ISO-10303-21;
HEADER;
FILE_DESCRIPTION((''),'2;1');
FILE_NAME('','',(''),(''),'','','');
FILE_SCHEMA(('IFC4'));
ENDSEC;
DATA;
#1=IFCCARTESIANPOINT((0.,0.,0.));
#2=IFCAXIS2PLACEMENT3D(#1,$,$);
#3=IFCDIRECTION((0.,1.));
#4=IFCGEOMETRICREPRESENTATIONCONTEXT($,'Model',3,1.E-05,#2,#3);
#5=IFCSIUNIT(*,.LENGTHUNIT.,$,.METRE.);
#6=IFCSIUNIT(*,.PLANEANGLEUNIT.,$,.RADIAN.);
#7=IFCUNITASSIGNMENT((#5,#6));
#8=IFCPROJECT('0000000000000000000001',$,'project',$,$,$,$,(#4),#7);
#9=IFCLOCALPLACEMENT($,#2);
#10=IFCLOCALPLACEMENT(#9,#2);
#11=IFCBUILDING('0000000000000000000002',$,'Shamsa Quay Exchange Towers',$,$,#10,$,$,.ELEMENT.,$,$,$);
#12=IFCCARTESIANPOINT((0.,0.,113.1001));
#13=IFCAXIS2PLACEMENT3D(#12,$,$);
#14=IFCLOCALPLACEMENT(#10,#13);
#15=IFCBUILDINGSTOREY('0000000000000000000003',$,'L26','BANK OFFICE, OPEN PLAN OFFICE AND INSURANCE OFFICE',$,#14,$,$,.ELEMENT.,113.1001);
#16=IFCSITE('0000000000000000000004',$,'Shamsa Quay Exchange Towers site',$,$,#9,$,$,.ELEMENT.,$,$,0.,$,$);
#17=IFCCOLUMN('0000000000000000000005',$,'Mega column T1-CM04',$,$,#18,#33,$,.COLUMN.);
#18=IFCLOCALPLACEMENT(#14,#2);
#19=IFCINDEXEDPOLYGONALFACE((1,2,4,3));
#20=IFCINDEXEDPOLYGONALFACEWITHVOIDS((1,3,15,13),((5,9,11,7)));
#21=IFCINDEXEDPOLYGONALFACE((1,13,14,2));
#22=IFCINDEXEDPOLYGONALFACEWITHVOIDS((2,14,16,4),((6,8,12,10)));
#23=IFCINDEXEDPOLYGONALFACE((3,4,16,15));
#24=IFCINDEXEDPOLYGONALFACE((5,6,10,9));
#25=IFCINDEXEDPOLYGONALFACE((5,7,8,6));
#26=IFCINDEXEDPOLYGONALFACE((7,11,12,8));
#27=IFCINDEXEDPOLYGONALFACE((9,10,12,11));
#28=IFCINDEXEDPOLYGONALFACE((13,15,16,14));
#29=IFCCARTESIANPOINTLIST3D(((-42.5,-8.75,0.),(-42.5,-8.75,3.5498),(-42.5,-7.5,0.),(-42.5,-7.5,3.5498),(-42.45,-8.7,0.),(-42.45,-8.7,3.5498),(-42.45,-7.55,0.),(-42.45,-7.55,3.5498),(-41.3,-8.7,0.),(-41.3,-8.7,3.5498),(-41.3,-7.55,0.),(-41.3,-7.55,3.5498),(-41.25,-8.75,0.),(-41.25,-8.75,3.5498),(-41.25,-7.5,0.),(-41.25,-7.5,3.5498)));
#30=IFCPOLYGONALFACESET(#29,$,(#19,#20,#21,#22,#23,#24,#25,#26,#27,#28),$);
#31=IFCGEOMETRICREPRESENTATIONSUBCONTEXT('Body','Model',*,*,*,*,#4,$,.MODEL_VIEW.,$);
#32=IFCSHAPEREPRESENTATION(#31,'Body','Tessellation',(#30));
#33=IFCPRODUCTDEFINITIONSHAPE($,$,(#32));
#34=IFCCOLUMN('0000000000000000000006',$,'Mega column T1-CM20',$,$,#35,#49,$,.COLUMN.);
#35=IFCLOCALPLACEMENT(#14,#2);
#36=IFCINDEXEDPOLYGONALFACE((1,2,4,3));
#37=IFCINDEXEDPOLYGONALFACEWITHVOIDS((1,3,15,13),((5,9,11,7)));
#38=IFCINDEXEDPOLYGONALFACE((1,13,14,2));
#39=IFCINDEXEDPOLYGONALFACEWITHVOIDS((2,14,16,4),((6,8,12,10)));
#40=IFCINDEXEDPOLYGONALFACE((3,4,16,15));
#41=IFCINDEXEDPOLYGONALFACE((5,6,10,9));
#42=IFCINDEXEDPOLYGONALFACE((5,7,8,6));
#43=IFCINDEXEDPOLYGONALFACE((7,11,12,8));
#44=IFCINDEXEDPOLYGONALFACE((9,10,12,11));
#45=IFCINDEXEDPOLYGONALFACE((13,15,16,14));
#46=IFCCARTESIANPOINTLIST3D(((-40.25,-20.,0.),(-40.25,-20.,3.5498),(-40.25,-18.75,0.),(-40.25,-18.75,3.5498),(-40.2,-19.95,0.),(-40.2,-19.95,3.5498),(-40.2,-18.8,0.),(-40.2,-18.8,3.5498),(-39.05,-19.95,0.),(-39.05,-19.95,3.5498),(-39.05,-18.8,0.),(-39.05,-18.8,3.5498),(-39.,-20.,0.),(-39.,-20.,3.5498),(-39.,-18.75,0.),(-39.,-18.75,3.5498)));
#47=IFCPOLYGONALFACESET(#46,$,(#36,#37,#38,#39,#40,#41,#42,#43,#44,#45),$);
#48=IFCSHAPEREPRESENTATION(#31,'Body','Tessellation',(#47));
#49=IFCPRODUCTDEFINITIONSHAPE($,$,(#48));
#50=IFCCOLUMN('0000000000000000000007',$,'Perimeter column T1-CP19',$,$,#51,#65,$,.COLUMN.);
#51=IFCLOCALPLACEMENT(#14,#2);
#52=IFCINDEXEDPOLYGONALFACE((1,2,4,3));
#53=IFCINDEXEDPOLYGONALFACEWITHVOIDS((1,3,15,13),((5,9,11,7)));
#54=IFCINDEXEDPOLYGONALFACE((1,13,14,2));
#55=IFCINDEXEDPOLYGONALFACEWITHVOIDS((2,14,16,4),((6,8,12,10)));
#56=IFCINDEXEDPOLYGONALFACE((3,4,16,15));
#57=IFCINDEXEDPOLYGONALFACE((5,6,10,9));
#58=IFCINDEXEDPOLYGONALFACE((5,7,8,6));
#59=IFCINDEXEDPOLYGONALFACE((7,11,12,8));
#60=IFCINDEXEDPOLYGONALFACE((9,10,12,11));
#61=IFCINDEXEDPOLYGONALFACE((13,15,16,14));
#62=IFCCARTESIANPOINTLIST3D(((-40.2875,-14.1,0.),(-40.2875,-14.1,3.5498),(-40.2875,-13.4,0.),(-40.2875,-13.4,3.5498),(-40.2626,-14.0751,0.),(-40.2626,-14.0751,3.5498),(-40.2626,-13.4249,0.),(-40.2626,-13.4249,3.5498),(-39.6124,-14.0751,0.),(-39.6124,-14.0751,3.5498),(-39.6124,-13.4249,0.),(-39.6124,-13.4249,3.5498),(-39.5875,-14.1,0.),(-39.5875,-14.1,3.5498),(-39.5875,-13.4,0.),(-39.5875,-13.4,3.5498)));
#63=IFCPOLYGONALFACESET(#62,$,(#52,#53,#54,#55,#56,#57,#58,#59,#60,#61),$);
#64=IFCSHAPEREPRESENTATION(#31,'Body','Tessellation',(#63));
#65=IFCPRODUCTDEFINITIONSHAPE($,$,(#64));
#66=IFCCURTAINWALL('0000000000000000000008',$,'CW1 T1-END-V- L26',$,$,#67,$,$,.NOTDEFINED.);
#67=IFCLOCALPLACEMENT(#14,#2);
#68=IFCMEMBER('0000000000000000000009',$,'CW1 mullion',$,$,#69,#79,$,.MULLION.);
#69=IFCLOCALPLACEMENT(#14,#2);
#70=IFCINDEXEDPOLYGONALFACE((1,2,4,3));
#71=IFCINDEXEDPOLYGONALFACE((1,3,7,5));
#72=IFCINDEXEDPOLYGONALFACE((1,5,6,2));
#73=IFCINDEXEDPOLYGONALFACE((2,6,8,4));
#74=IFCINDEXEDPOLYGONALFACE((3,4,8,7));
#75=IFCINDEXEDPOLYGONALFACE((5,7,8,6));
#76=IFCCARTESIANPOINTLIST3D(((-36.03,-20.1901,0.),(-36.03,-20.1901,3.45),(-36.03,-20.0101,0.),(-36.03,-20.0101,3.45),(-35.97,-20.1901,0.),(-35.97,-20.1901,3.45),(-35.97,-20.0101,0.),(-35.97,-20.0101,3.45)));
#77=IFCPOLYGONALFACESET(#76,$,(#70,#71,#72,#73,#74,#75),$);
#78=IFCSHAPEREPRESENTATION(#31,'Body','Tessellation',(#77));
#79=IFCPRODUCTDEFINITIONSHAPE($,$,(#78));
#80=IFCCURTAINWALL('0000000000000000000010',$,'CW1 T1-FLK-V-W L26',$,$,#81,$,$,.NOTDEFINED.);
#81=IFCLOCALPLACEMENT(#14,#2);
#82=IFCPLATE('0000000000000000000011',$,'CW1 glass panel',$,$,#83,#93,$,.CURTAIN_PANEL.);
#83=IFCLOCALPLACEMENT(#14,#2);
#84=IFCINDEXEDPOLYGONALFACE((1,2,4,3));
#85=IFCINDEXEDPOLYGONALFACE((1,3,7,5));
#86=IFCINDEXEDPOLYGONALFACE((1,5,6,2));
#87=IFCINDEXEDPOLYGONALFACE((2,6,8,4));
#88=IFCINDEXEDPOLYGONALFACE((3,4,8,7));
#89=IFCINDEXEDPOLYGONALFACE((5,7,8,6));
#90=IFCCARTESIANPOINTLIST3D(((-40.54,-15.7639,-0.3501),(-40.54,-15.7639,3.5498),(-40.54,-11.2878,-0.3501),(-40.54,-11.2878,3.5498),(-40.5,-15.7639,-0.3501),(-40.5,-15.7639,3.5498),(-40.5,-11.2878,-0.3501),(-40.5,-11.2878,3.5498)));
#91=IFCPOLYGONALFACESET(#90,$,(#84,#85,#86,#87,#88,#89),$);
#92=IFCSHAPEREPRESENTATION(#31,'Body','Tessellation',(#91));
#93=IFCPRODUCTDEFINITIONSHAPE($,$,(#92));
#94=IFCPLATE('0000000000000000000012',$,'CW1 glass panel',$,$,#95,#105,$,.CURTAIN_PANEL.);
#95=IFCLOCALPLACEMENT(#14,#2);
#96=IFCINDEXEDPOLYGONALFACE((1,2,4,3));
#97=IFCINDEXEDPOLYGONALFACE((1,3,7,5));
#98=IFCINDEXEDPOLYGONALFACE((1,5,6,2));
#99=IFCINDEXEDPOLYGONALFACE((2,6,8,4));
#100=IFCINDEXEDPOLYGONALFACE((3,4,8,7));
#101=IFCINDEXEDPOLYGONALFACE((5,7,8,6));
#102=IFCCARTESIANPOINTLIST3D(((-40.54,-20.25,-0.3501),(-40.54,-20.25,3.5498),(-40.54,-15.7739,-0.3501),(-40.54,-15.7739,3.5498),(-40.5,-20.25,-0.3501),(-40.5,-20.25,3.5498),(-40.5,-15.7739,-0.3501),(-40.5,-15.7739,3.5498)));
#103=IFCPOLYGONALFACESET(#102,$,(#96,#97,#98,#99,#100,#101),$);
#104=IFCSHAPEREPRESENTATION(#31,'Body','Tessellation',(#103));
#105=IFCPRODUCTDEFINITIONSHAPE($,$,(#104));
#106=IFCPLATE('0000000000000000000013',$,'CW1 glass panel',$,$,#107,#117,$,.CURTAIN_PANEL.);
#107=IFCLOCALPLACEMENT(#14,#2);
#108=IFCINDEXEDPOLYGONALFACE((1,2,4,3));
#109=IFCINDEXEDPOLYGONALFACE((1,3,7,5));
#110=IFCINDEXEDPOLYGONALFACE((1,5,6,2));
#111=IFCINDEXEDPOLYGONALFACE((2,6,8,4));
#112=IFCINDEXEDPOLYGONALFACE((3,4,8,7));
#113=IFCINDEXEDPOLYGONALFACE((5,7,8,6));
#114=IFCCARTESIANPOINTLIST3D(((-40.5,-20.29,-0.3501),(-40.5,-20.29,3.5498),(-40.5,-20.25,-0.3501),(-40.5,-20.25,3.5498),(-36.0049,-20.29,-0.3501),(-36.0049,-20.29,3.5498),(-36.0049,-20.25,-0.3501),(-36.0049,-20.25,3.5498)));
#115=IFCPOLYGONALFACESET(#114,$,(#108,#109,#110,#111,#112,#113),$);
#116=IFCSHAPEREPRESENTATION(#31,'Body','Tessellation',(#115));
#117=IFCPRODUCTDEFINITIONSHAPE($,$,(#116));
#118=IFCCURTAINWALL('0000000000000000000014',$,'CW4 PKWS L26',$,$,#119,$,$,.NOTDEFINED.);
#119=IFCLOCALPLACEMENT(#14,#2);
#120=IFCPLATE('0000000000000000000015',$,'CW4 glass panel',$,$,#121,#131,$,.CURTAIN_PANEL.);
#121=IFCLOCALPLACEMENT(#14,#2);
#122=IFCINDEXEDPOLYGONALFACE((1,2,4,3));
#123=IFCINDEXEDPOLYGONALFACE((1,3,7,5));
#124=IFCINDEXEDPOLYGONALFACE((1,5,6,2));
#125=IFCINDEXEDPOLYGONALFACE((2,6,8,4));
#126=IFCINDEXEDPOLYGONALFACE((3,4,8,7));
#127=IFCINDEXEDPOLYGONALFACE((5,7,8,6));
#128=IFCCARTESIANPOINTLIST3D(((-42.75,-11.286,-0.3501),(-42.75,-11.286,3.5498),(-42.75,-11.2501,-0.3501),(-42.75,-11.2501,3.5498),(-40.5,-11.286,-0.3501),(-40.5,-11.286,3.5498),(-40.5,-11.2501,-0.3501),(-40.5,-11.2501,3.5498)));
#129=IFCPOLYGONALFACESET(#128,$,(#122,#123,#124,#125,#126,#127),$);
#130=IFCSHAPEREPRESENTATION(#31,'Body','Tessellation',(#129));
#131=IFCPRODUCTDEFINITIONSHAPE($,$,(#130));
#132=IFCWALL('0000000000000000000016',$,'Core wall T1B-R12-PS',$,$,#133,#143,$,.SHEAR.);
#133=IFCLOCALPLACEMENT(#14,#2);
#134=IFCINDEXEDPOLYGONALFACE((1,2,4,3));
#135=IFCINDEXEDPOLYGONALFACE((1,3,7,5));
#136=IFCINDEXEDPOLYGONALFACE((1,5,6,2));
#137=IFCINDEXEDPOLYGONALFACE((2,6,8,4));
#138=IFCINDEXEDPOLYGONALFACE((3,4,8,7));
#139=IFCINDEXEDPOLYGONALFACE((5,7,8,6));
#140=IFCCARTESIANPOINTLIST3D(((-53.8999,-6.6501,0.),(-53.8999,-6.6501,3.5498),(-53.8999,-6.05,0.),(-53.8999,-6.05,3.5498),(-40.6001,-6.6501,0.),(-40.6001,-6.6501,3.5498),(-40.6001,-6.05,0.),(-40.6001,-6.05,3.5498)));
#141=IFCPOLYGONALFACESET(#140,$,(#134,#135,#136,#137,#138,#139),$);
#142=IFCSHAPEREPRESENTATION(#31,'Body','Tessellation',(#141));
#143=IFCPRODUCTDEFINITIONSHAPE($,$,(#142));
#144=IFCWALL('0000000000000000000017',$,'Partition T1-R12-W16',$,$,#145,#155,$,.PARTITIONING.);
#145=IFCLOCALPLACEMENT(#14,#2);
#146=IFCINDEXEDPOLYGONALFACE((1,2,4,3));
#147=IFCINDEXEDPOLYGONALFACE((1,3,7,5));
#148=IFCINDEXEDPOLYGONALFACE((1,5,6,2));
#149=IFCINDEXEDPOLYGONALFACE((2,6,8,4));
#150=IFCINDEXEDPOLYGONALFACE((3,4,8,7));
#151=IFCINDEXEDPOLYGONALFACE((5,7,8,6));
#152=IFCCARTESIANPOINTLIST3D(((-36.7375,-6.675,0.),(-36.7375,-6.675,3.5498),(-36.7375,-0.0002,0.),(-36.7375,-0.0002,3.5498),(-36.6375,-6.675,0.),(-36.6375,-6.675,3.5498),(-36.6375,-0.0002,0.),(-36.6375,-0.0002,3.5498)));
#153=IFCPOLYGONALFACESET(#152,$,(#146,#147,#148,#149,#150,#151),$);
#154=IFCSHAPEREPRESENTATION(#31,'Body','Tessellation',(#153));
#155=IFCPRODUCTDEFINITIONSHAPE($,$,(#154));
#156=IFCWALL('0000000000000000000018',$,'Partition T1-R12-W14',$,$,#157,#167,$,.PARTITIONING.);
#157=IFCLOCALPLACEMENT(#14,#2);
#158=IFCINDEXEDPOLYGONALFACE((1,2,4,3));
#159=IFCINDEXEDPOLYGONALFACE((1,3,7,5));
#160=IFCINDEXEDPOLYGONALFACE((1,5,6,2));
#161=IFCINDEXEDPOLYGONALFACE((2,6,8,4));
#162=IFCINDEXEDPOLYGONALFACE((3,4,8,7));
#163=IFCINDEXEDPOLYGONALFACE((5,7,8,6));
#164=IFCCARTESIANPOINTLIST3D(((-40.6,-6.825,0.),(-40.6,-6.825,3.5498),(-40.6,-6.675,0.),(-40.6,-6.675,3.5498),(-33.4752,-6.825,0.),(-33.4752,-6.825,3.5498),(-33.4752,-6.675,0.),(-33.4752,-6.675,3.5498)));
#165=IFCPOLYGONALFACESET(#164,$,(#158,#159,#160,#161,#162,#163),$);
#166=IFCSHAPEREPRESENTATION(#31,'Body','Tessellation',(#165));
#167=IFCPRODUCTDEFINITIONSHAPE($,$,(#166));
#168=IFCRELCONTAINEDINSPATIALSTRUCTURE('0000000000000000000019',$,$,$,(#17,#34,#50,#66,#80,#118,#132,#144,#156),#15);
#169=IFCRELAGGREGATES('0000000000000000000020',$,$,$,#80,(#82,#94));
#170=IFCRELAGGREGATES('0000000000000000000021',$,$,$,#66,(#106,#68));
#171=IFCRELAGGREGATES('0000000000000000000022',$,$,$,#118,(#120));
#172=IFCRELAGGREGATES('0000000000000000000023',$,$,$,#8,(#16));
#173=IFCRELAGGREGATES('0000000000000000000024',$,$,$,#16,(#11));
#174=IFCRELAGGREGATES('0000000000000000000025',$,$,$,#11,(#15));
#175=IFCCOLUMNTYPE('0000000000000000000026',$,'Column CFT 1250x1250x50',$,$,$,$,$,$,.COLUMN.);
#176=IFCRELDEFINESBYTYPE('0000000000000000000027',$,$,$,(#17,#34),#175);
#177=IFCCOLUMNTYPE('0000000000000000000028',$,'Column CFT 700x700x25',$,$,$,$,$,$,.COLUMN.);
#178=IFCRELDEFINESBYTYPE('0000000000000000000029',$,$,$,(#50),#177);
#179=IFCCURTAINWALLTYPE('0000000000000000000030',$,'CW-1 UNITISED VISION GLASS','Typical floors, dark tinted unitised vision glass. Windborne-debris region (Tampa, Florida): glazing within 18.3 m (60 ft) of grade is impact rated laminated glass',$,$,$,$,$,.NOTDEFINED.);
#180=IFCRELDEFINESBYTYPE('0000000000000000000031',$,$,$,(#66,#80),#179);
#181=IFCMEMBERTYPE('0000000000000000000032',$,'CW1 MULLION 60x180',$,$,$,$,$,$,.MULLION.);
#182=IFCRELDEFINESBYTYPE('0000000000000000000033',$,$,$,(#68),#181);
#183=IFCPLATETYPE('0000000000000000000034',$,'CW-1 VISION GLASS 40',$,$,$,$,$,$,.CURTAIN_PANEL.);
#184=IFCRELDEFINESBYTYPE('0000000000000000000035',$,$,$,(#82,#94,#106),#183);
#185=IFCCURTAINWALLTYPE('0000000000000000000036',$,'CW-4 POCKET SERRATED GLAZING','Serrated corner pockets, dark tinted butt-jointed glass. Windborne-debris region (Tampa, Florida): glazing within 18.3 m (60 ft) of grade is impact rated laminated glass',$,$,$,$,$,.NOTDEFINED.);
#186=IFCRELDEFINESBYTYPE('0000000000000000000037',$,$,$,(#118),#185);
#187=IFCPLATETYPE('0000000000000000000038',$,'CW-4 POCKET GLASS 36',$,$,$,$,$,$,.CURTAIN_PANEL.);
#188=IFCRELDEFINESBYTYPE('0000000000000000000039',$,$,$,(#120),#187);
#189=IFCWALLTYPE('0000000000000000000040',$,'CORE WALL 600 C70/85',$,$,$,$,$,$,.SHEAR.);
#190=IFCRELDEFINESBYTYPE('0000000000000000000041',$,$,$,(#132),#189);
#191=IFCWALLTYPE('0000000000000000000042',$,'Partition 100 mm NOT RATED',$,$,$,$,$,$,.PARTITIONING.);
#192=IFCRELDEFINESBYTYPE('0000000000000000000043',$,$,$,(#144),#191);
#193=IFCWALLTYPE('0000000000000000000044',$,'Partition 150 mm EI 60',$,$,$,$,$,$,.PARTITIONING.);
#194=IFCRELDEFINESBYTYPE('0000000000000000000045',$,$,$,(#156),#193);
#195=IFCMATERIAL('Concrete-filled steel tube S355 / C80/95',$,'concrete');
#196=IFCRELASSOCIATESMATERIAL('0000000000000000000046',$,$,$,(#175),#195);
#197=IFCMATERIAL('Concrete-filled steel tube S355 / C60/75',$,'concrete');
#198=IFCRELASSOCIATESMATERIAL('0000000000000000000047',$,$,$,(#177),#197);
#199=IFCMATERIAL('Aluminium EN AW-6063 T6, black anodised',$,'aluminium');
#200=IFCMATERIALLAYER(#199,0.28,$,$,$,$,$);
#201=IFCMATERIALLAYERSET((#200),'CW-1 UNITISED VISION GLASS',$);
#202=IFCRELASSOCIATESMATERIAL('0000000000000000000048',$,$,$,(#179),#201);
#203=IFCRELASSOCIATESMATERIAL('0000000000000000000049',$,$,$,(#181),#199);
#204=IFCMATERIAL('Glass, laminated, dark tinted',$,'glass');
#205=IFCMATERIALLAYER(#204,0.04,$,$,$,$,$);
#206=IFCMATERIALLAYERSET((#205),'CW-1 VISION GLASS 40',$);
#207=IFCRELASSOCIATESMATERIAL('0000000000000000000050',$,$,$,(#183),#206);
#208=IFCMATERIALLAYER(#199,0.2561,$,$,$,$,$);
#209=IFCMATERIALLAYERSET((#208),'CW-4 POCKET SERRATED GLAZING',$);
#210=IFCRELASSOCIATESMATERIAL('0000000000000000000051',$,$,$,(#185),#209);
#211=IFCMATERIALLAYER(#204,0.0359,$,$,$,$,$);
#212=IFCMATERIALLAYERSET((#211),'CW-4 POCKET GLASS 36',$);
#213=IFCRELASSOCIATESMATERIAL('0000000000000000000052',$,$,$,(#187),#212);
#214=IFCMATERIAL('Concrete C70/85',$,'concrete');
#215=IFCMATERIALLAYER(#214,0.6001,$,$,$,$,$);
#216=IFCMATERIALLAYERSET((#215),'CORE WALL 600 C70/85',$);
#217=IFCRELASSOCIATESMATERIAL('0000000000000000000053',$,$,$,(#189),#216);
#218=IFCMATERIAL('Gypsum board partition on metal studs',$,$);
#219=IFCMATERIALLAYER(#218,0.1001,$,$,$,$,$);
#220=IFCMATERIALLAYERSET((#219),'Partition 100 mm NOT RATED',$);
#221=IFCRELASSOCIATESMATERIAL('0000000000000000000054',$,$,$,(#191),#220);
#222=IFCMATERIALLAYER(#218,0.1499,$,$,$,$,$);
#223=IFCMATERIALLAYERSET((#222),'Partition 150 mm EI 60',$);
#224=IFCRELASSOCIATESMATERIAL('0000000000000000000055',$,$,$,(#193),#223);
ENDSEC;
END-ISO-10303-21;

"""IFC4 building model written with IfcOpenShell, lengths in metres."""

from ifc_helpers import new_model, si_unit, direction, frame, frame_2d, origin, origin_2d, place, context, subcontext, project, spatial, rectangle, hollow_rectangle, extrude, material, layer, layer_set, material_profile, profile_set, type_object, element, aggregate, save


model = new_model("IFC4")

# Units and contexts
model_context = context("Model", 3, precision=1e-05, world=origin(), true_north=direction((0.0, 1.0)))
body_context = subcontext(model_context, "Body", "Model", "MODEL_VIEW")
ifc_project = project(units=[si_unit("LENGTHUNIT", "METRE"), si_unit("PLANEANGLEUNIT", "RADIAN")], contexts=[model_context])

# Site, building, storey
site_placement = place(None, origin())
site = spatial("IfcSite", under=ifc_project, at=site_placement, Name="Shamsa Quay Exchange Towers site", CompositionType="ELEMENT", RefElevation=0.0)
building_placement = place(site_placement, origin())
building = spatial("IfcBuilding", under=site, at=building_placement, Name="Shamsa Quay Exchange Towers", CompositionType="ELEMENT")
storey_placement = place(building_placement, frame((0.0, 0.0, 113.1001)))
storey = spatial("IfcBuildingStorey", under=building, at=storey_placement, Name="L26", Description="BANK OFFICE, OPEN PLAN OFFICE AND INSURANCE OFFICE", CompositionType="ELEMENT", Elevation=113.1001)

# Columns
ifc_material_1 = material(Name="Concrete-filled steel tube S355 / C80/95", Category="concrete")
ifc_material_profile_1 = material_profile(ifc_material_1, hollow_rectangle(XDim=1.25, YDim=1.25, WallThickness=0.05, at=origin_2d()), Name="CFT 1250x1250x50")
ifc_profile_set_1 = profile_set([ifc_material_profile_1], Name="Concrete-filled steel tube S355 / C80/95")
column_type_1 = type_object("IfcColumnType", Name="Column CFT 1250x1250x50", PredefinedType="COLUMN", material=ifc_profile_set_1)
for number, where, name in (
    (1, (-41.875, -8.125, 0.0), "Mega column T1-CM04"),
    (2, (-39.625, -19.375, 0.0), "Mega column T1-CM20"),
):
    element("IfcColumn", number, at=place(storey_placement, frame(where)), inside=storey, type_object=column_type_1, Name=name, PredefinedType="COLUMN", context=body_context, shape_type="SweptSolid", body=[
        extrude(hollow_rectangle(XDim=1.25, YDim=1.25, WallThickness=0.05, at=origin_2d()), origin(), (0.0, 0.0, 1.0), 3.5498),
    ])
ifc_material_2 = material(Name="Concrete-filled steel tube S355 / C60/75", Category="concrete")
ifc_material_profile_2 = material_profile(ifc_material_2, hollow_rectangle(XDim=0.7, YDim=0.7, WallThickness=0.0249, at=origin_2d()), Name="CFT 700x700x25")
ifc_profile_set_2 = profile_set([ifc_material_profile_2], Name="Concrete-filled steel tube S355 / C60/75")
column_type_2 = type_object("IfcColumnType", Name="Column CFT 700x700x25", PredefinedType="COLUMN", material=ifc_profile_set_2)
column_placement = place(storey_placement, frame((-39.9375, -13.75, 0.0)))
element("IfcColumn", 3, at=column_placement, inside=storey, type_object=column_type_2, Name="Perimeter column T1-CP19", PredefinedType="COLUMN", context=body_context, shape_type="SweptSolid", body=[
    extrude(hollow_rectangle(XDim=0.7, YDim=0.7, WallThickness=0.0249, at=origin_2d()), origin(), (0.0, 0.0, 1.0), 3.5498),
])

# Curtain wall, member
ifc_material_3 = material(Name="Aluminium EN AW-6063 T6, black anodised", Category="aluminium")
ifc_layer_1 = layer(ifc_material_3, 0.28)
ifc_layer_set_1 = layer_set([ifc_layer_1], Name="CW-1 UNITISED VISION GLASS")
curtain_wall_type_1 = type_object("IfcCurtainWallType", Name="CW-1 UNITISED VISION GLASS", Description="Typical floors, dark tinted unitised vision glass. Windborne-debris region (Tampa, Florida): glazing within 18.3 m (60 ft) of grade is impact rated laminated glass", PredefinedType="NOTDEFINED", material=ifc_layer_set_1)
curtain_wall_1_placement = place(storey_placement, origin())
curtain_wall_1 = element("IfcCurtainWall", 4, at=curtain_wall_1_placement, inside=storey, type_object=curtain_wall_type_1, Name="CW1 T1-END-V- L26", PredefinedType="NOTDEFINED")
ifc_material_profile_3 = material_profile(ifc_material_3, rectangle(XDim=0.1799, YDim=0.0601, at=origin_2d()), Name="MU60x180")
ifc_profile_set_3 = profile_set([ifc_material_profile_3], Name="Aluminium EN AW-6063 T6, black anodised")
member_type = type_object("IfcMemberType", Name="CW1 MULLION 60x180", PredefinedType="MULLION", material=ifc_profile_set_3)
member_placement = place(storey_placement, frame((-36.0, -20.1001, 0.0), z_axis=(0.0, 0.0, 1.0), x_axis=(0.0, 1.0, 0.0)))
member = element("IfcMember", 5, at=member_placement, type_object=member_type, Name="CW1 mullion", PredefinedType="MULLION", context=body_context, shape_type="SweptSolid", body=[
    extrude(rectangle(XDim=0.1799, YDim=0.0601, at=origin_2d()), origin(), (0.0, 0.0, 1.0), 3.45),
])

# Curtain wall, plates
curtain_wall_2_placement = place(storey_placement, origin())
curtain_wall_2 = element("IfcCurtainWall", 6, at=curtain_wall_2_placement, inside=storey, type_object=curtain_wall_type_1, Name="CW1 T1-FLK-V-W L26", PredefinedType="NOTDEFINED")
ifc_material_4 = material(Name="Glass, laminated, dark tinted", Category="glass")
ifc_layer_2 = layer(ifc_material_4, 0.04)
ifc_layer_set_2 = layer_set([ifc_layer_2], Name="CW-1 VISION GLASS 40")
plate_type_1 = type_object("IfcPlateType", Name="CW-1 VISION GLASS 40", PredefinedType="CURTAIN_PANEL", material=ifc_layer_set_2)
plate_1_placement = place(storey_placement, frame((-40.52, -13.5259, -0.3501), z_axis=(0.0, 0.0, 1.0), x_axis=(0.0, -1.0, 0.0)))
plate_1 = element("IfcPlate", 7, at=plate_1_placement, type_object=plate_type_1, Name="CW1 glass panel", PredefinedType="CURTAIN_PANEL", context=body_context, shape_type="SweptSolid", body=[
    extrude(rectangle(XDim=4.4761, YDim=0.04, at=origin_2d()), origin(), (0.0, 0.0, 1.0), 3.8999),
])
plate_2_placement = place(storey_placement, frame((-40.52, -18.012, -0.3501), z_axis=(0.0, 0.0, 1.0), x_axis=(0.0, -1.0, 0.0)))
plate_2 = element("IfcPlate", 8, at=plate_2_placement, type_object=plate_type_1, Name="CW1 glass panel", PredefinedType="CURTAIN_PANEL", context=body_context, shape_type="SweptSolid", body=[
    extrude(rectangle(XDim=4.4761, YDim=0.04, at=origin_2d()), origin(), (0.0, 0.0, 1.0), 3.8999),
])
aggregate(curtain_wall_2, [plate_1, plate_2])

# Plate
plate_3_placement = place(storey_placement, frame((-38.2524, -20.27, -0.3501)))
plate_3 = element("IfcPlate", 9, at=plate_3_placement, type_object=plate_type_1, Name="CW1 glass panel", PredefinedType="CURTAIN_PANEL", context=body_context, shape_type="SweptSolid", body=[
    extrude(rectangle(XDim=4.4951, YDim=0.04, at=origin_2d()), origin(), (0.0, 0.0, 1.0), 3.8999),
])
aggregate(curtain_wall_1, [plate_3, member])

# Curtain wall, plate
ifc_layer_3 = layer(ifc_material_3, 0.2561)
ifc_layer_set_3 = layer_set([ifc_layer_3], Name="CW-4 POCKET SERRATED GLAZING")
curtain_wall_type_2 = type_object("IfcCurtainWallType", Name="CW-4 POCKET SERRATED GLAZING", Description="Serrated corner pockets, dark tinted butt-jointed glass. Windborne-debris region (Tampa, Florida): glazing within 18.3 m (60 ft) of grade is impact rated laminated glass", PredefinedType="NOTDEFINED", material=ifc_layer_set_3)
curtain_wall_3_placement = place(storey_placement, origin())
curtain_wall_3 = element("IfcCurtainWall", 10, at=curtain_wall_3_placement, inside=storey, type_object=curtain_wall_type_2, Name="CW4 PKWS L26", PredefinedType="NOTDEFINED")
ifc_layer_4 = layer(ifc_material_4, 0.0359)
ifc_layer_set_4 = layer_set([ifc_layer_4], Name="CW-4 POCKET GLASS 36")
plate_type_2 = type_object("IfcPlateType", Name="CW-4 POCKET GLASS 36", PredefinedType="CURTAIN_PANEL", material=ifc_layer_set_4)
plate_4_placement = place(storey_placement, frame((-41.625, -11.2681, -0.3501)))
plate_4 = element("IfcPlate", 11, at=plate_4_placement, type_object=plate_type_2, Name="CW4 glass panel", PredefinedType="CURTAIN_PANEL", context=body_context, shape_type="SweptSolid", body=[
    extrude(rectangle(XDim=2.25, YDim=0.0359, at=origin_2d()), origin(), (0.0, 0.0, 1.0), 3.8999),
])
aggregate(curtain_wall_3, [plate_4])

# Wall
ifc_material_5 = material(Name="Concrete C70/85", Category="concrete")
ifc_layer_5 = layer(ifc_material_5, 0.6001)
ifc_layer_set_5 = layer_set([ifc_layer_5], Name="CORE WALL 600 C70/85")
wall_type_1 = type_object("IfcWallType", Name="CORE WALL 600 C70/85", PredefinedType="SHEAR", material=ifc_layer_set_5)
wall_1_placement = place(storey_placement, frame((-40.6001, -6.3501, 0.0), z_axis=(0.0, 0.0, 1.0), x_axis=(-1.0, 0.0, 0.0)))
element("IfcWall", 12, at=wall_1_placement, inside=storey, type_object=wall_type_1, Name="Core wall T1B-R12-PS", PredefinedType="SHEAR", context=body_context, shape_type="SweptSolid", body=[
    extrude(rectangle(XDim=13.2998, YDim=0.6001, at=frame_2d((6.6499, 0.0))), origin(), (0.0, 0.0, 1.0), 3.5498),
])

# Walls
ifc_material_6 = material(Name="Gypsum board partition on metal studs")
ifc_layer_6 = layer(ifc_material_6, 0.1001)
ifc_layer_set_6 = layer_set([ifc_layer_6], Name="Partition 100 mm NOT RATED")
wall_type_2 = type_object("IfcWallType", Name="Partition 100 mm NOT RATED", PredefinedType="PARTITIONING", material=ifc_layer_set_6)
wall_2_placement = place(storey_placement, frame((-36.6875, -6.675, 0.0), z_axis=(0.0, 0.0, 1.0), x_axis=(0.0, 1.0, 0.0)))
element("IfcWall", 13, at=wall_2_placement, inside=storey, type_object=wall_type_2, Name="Partition T1-R12-W16", PredefinedType="PARTITIONING", context=body_context, shape_type="SweptSolid", body=[
    extrude(rectangle(XDim=6.6748, YDim=0.1001, at=frame_2d((3.3374, 0.0))), origin(), (0.0, 0.0, 1.0), 3.5498),
])
ifc_layer_7 = layer(ifc_material_6, 0.1499)
ifc_layer_set_7 = layer_set([ifc_layer_7], Name="Partition 150 mm EI 60")
wall_type_3 = type_object("IfcWallType", Name="Partition 150 mm EI 60", PredefinedType="PARTITIONING", material=ifc_layer_set_7)
wall_3_placement = place(storey_placement, frame((-40.6001, -6.75, 0.0)))
element("IfcWall", 14, at=wall_3_placement, inside=storey, type_object=wall_type_3, Name="Partition T1-R12-W14", PredefinedType="PARTITIONING", context=body_context, shape_type="SweptSolid", body=[
    extrude(rectangle(XDim=7.1248, YDim=0.1499, at=frame_2d((3.5625, 0.0))), origin(), (0.0, 0.0, 1.0), 3.5498),
])

save(model, "model.ifc")
